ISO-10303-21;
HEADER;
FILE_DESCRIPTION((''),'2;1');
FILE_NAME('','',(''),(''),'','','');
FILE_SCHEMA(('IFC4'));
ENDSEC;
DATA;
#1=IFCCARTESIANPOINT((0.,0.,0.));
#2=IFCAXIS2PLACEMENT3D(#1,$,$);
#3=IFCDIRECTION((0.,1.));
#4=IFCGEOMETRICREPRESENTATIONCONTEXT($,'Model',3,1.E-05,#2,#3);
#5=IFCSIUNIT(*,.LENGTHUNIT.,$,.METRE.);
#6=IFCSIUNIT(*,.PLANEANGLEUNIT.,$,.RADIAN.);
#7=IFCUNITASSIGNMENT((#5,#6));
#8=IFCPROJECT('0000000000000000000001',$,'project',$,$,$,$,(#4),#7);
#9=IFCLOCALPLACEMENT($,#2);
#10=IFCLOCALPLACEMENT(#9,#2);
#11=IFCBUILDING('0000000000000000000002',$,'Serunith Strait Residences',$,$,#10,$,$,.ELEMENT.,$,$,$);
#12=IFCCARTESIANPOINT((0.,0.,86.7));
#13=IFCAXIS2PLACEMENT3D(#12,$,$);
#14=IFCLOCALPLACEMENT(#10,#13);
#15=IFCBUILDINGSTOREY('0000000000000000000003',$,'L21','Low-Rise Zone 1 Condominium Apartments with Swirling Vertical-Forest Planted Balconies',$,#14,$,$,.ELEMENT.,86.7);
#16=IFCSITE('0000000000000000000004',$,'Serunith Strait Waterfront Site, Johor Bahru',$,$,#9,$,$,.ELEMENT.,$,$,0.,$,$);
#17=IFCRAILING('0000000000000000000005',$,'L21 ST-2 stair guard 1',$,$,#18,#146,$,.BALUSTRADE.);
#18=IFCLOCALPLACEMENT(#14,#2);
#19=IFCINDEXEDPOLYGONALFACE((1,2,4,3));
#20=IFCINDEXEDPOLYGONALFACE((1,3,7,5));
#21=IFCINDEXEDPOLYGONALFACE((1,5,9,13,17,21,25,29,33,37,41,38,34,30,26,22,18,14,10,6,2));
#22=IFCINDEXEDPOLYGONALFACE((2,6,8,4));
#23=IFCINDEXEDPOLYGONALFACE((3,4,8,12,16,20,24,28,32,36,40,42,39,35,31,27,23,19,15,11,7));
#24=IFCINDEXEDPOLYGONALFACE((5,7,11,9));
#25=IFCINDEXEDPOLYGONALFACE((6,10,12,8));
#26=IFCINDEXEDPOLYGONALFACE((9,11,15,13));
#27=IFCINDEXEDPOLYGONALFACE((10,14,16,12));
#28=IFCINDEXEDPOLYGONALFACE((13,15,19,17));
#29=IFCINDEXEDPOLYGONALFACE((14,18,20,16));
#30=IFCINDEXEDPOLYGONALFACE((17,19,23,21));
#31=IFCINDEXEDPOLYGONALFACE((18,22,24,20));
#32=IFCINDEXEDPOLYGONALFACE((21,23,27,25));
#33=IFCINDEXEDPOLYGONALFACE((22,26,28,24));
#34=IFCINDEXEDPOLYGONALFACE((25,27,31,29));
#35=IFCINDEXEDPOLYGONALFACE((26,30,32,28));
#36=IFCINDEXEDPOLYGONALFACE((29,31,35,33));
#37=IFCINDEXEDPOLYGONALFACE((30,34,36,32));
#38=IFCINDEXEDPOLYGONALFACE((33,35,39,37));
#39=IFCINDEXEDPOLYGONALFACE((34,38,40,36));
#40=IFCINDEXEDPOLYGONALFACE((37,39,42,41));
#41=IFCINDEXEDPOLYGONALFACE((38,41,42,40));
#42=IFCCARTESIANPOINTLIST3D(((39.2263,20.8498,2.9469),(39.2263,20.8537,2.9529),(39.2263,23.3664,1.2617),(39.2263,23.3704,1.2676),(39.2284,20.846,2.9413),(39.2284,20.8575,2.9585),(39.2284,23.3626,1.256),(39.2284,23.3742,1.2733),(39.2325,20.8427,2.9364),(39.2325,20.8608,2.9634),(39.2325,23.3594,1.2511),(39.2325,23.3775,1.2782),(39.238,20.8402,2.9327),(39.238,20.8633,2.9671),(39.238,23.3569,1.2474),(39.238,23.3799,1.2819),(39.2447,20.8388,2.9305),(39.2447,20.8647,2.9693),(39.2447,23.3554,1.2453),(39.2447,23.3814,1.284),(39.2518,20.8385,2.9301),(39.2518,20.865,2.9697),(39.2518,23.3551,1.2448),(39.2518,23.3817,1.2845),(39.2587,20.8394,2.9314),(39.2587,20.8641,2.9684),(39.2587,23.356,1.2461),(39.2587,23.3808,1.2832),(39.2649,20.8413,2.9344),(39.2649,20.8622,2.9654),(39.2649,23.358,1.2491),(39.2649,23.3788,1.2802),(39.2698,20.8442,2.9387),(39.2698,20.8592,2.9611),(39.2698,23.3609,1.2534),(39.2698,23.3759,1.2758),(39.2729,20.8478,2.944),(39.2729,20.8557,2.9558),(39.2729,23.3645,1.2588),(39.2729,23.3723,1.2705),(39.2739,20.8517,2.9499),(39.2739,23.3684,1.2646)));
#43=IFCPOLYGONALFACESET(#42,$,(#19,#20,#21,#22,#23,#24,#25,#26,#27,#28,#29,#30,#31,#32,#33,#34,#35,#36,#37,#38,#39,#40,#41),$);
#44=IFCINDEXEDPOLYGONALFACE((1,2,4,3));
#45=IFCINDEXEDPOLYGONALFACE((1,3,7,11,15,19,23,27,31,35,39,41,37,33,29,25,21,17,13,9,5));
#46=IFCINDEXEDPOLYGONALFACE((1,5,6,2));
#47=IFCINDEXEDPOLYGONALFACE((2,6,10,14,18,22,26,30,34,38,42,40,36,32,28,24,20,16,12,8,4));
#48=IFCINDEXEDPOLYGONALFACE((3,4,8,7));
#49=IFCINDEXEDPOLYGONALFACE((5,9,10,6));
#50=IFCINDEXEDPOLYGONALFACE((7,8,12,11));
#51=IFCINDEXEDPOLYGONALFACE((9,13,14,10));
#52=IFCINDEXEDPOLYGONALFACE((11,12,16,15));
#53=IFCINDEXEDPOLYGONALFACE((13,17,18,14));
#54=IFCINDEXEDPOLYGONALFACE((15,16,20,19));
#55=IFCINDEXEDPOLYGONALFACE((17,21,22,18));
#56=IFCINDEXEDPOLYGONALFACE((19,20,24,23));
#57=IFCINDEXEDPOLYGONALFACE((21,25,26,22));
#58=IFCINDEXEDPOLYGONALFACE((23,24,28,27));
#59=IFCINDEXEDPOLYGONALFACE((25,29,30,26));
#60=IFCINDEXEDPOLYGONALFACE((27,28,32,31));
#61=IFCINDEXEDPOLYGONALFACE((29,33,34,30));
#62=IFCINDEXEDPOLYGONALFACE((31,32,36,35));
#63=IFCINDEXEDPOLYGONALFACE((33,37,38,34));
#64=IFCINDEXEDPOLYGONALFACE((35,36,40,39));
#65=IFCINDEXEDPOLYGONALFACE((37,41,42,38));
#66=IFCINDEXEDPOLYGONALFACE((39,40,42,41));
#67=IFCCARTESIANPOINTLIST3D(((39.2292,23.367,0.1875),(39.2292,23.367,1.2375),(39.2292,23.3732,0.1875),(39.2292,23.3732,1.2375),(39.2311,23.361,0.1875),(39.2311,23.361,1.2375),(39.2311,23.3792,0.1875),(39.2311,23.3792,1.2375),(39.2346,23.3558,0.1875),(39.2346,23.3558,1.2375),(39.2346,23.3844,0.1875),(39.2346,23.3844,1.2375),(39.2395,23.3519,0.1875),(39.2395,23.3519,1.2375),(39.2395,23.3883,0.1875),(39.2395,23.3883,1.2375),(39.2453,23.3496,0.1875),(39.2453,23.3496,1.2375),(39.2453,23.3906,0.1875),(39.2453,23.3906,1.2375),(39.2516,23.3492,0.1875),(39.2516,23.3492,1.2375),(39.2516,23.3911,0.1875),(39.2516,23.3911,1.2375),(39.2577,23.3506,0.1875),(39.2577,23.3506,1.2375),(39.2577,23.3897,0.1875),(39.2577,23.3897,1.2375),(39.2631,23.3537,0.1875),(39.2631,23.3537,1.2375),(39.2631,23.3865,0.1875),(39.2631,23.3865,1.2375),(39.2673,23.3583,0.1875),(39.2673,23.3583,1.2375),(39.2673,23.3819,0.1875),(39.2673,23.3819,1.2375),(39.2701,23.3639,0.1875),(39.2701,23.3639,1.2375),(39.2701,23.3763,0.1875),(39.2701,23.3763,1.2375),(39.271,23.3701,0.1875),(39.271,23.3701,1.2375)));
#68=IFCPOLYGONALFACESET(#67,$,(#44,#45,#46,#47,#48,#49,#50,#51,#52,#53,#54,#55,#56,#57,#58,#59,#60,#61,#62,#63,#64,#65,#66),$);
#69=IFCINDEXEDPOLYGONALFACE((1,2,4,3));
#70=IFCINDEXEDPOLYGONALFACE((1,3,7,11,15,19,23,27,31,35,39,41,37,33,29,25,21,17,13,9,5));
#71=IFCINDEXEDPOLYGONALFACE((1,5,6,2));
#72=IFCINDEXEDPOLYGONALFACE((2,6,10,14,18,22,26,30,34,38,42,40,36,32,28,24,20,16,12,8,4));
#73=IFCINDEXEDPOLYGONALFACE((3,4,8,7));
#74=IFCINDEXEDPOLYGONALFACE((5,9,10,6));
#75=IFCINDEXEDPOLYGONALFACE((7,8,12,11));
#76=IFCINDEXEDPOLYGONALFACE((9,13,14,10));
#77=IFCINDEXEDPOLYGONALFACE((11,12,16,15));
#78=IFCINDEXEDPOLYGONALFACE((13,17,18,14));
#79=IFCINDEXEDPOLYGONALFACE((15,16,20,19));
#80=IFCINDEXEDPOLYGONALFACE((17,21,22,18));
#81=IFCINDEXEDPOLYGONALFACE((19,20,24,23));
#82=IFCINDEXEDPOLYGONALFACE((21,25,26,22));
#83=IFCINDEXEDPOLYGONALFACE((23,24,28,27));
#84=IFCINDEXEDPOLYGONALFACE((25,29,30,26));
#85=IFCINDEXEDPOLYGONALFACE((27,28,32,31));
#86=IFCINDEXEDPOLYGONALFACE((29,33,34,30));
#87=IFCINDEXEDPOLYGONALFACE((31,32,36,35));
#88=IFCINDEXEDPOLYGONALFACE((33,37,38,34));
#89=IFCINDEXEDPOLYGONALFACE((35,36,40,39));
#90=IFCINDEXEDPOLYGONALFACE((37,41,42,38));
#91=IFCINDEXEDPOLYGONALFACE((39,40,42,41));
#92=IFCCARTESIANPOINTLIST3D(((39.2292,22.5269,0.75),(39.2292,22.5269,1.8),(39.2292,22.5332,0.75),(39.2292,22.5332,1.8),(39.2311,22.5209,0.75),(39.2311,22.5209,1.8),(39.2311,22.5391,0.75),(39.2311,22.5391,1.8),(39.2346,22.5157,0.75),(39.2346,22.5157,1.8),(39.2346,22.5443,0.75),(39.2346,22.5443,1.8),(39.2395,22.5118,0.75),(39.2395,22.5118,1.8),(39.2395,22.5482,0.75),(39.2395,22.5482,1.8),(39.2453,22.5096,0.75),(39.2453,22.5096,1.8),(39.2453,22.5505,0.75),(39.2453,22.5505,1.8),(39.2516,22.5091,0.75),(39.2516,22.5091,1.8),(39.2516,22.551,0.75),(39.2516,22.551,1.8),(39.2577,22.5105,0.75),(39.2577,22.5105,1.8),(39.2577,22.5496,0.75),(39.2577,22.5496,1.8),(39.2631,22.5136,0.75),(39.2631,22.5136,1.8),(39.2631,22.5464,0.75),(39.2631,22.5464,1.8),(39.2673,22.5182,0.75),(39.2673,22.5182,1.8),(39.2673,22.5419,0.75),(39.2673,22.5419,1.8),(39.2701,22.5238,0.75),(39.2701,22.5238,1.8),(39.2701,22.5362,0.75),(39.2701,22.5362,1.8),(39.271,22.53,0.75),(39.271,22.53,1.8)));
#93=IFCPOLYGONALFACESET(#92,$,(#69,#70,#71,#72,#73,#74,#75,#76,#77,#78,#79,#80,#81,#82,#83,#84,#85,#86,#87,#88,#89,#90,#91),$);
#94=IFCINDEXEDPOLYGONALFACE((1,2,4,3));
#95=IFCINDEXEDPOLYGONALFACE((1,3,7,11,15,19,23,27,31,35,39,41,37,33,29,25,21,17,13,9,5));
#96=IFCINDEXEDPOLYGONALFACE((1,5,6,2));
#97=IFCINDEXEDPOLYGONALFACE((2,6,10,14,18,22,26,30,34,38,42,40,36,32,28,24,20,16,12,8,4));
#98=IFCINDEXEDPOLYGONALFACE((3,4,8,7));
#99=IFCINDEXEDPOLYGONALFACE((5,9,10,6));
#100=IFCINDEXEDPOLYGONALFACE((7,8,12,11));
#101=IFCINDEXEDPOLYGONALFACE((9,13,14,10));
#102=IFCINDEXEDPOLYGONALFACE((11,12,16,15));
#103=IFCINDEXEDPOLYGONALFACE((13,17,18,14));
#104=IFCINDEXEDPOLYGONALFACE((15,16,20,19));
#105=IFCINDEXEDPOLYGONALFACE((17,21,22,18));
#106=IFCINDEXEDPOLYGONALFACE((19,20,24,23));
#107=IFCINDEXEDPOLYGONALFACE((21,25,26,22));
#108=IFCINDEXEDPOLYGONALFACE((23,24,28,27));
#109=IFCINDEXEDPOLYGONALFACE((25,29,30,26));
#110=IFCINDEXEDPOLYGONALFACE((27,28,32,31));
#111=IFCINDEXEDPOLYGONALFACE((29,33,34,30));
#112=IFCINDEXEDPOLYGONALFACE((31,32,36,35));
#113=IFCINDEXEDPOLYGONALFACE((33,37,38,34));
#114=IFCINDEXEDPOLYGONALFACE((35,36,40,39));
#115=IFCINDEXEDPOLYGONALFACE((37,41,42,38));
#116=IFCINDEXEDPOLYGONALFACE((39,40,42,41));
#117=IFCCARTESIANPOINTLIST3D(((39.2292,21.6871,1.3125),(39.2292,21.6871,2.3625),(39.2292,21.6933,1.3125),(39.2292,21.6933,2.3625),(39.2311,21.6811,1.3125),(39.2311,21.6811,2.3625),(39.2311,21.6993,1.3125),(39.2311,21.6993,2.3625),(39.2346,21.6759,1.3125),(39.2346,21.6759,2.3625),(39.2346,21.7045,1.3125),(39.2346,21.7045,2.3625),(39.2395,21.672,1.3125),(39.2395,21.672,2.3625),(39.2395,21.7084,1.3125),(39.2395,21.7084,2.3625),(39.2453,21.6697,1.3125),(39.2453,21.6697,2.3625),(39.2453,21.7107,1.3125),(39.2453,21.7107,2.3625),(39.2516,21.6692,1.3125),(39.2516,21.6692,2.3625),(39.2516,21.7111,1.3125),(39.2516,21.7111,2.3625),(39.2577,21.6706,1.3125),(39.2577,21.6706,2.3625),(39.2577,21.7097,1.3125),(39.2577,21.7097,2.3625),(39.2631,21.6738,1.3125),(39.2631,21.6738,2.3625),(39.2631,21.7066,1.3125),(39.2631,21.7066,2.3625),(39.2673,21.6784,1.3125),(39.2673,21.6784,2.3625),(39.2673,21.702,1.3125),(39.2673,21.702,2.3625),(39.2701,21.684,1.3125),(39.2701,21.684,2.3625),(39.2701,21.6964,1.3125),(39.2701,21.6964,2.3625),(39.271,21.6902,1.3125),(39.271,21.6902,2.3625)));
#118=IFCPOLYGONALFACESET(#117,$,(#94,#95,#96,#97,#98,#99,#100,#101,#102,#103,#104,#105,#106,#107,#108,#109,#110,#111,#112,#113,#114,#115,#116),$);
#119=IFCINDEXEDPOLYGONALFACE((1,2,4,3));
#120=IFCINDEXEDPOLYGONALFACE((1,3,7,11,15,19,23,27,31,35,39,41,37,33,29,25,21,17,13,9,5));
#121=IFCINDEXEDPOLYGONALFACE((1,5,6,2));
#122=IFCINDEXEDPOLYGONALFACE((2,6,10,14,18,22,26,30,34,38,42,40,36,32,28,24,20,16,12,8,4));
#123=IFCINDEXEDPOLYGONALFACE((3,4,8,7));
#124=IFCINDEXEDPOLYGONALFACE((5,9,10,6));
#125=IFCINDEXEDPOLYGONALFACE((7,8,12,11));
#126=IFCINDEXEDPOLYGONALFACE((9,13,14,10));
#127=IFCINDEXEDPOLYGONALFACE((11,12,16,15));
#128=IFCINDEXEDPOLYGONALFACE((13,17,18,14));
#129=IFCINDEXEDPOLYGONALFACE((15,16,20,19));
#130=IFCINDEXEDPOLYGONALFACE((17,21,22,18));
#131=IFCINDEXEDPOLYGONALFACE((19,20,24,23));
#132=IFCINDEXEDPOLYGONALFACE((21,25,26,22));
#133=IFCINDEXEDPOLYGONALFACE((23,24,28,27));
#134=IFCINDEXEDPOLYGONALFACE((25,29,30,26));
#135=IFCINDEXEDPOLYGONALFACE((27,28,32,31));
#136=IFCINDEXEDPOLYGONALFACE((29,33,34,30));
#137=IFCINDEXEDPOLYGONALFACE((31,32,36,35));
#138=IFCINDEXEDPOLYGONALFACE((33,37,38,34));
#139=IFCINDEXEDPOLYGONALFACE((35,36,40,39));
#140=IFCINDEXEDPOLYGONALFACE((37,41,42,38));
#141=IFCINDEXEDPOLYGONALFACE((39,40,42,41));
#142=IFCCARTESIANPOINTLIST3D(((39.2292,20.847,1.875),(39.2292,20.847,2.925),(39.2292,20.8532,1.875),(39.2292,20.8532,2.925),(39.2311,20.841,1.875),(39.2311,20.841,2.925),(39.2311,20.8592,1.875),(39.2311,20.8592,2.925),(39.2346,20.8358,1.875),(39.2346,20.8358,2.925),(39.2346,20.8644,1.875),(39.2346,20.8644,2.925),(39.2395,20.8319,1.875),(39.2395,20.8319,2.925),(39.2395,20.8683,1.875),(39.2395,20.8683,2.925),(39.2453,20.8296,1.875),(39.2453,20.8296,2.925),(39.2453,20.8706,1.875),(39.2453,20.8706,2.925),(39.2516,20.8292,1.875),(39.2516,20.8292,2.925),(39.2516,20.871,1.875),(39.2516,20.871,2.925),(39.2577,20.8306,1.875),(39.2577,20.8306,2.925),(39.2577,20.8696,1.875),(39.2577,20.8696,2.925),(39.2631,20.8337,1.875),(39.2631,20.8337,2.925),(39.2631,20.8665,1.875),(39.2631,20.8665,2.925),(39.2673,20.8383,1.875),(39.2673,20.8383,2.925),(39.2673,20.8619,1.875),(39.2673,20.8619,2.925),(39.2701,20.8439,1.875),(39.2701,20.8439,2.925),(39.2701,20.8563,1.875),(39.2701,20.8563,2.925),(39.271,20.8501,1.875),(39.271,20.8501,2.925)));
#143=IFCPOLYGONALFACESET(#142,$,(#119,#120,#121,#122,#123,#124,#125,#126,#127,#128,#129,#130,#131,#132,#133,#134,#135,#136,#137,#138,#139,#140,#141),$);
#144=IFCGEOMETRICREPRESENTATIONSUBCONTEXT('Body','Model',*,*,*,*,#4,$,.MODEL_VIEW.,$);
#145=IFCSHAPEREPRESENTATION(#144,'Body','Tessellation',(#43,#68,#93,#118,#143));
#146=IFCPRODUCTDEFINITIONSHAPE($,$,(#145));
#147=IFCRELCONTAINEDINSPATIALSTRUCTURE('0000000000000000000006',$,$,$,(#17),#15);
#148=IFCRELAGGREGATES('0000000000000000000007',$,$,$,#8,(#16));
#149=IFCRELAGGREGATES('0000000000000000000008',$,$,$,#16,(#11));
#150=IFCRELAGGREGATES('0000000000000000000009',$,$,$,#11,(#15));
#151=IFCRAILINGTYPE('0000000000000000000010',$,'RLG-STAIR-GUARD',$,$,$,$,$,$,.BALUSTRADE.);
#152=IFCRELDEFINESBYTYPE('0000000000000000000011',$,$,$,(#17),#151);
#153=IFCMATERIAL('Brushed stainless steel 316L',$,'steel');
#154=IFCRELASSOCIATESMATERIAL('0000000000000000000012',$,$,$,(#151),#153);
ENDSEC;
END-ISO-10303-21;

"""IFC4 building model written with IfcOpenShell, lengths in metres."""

from ifc_helpers import new_model, si_unit, direction, frame, origin, origin_2d, place, context, subcontext, project, spatial, circle, extrude, material, type_object, element, save


model = new_model("IFC4")

# Units and contexts
model_context = context("Model", 3, precision=1e-05, world=origin(), true_north=direction((0.0, 1.0)))
body_context = subcontext(model_context, "Body", "Model", "MODEL_VIEW")
ifc_project = project(units=[si_unit("LENGTHUNIT", "METRE"), si_unit("PLANEANGLEUNIT", "RADIAN")], contexts=[model_context])

# Site, building, storey
site_placement = place(None, origin())
site = spatial("IfcSite", under=ifc_project, at=site_placement, Name="Serunith Strait Waterfront Site, Johor Bahru", CompositionType="ELEMENT", RefElevation=0.0)
building_placement = place(site_placement, origin())
building = spatial("IfcBuilding", under=site, at=building_placement, Name="Serunith Strait Residences", CompositionType="ELEMENT")
storey_placement = place(building_placement, frame((0.0, 0.0, 86.7)))
storey = spatial("IfcBuildingStorey", under=building, at=storey_placement, Name="L21", Description="Low-Rise Zone 1 Condominium Apartments with Swirling Vertical-Forest Planted Balconies", CompositionType="ELEMENT", Elevation=86.7)

# Railing
ifc_material_1 = material(Name="Brushed stainless steel 316L", Category="steel")
railing_type_1 = type_object("IfcRailingType", Name="RLG-STAIR-GUARD", PredefinedType="BALUSTRADE", material=ifc_material_1)
railing_1_placement = place(storey_placement, frame((39.25, 23.3701, 0.1875)))
element("IfcRailing", 1, at=railing_1_placement, inside=storey, type_object=railing_type_1, Name="L21 ST-2 stair guard 1", PredefinedType="BALUSTRADE", context=body_context, shape_type="SweptSolid", body=[
    extrude(circle(Radius=0.0239, at=origin_2d()), frame((0.0, -0.0017, 1.0771), z_axis=(0.0, -0.830909, 0.556408), x_axis=(1.0, 0.0, 0.0)), (0.0, 0.0, 1.0), 3.0288),
    extrude(circle(Radius=0.021, at=origin_2d()), origin(), (0.0, 0.0, 1.0), 1.05),
    extrude(circle(Radius=0.021, at=origin_2d()), frame((0.0, -0.8401, 0.5625)), (0.0, 0.0, 1.0), 1.05),
    extrude(circle(Radius=0.021, at=origin_2d()), frame((0.0, -1.6799, 1.125)), (0.0, 0.0, 1.0), 1.05),
    extrude(circle(Radius=0.021, at=origin_2d()), frame((0.0, -2.52, 1.6875)), (0.0, 0.0, 1.0), 1.05),
])

save(model, "model.ifc")
